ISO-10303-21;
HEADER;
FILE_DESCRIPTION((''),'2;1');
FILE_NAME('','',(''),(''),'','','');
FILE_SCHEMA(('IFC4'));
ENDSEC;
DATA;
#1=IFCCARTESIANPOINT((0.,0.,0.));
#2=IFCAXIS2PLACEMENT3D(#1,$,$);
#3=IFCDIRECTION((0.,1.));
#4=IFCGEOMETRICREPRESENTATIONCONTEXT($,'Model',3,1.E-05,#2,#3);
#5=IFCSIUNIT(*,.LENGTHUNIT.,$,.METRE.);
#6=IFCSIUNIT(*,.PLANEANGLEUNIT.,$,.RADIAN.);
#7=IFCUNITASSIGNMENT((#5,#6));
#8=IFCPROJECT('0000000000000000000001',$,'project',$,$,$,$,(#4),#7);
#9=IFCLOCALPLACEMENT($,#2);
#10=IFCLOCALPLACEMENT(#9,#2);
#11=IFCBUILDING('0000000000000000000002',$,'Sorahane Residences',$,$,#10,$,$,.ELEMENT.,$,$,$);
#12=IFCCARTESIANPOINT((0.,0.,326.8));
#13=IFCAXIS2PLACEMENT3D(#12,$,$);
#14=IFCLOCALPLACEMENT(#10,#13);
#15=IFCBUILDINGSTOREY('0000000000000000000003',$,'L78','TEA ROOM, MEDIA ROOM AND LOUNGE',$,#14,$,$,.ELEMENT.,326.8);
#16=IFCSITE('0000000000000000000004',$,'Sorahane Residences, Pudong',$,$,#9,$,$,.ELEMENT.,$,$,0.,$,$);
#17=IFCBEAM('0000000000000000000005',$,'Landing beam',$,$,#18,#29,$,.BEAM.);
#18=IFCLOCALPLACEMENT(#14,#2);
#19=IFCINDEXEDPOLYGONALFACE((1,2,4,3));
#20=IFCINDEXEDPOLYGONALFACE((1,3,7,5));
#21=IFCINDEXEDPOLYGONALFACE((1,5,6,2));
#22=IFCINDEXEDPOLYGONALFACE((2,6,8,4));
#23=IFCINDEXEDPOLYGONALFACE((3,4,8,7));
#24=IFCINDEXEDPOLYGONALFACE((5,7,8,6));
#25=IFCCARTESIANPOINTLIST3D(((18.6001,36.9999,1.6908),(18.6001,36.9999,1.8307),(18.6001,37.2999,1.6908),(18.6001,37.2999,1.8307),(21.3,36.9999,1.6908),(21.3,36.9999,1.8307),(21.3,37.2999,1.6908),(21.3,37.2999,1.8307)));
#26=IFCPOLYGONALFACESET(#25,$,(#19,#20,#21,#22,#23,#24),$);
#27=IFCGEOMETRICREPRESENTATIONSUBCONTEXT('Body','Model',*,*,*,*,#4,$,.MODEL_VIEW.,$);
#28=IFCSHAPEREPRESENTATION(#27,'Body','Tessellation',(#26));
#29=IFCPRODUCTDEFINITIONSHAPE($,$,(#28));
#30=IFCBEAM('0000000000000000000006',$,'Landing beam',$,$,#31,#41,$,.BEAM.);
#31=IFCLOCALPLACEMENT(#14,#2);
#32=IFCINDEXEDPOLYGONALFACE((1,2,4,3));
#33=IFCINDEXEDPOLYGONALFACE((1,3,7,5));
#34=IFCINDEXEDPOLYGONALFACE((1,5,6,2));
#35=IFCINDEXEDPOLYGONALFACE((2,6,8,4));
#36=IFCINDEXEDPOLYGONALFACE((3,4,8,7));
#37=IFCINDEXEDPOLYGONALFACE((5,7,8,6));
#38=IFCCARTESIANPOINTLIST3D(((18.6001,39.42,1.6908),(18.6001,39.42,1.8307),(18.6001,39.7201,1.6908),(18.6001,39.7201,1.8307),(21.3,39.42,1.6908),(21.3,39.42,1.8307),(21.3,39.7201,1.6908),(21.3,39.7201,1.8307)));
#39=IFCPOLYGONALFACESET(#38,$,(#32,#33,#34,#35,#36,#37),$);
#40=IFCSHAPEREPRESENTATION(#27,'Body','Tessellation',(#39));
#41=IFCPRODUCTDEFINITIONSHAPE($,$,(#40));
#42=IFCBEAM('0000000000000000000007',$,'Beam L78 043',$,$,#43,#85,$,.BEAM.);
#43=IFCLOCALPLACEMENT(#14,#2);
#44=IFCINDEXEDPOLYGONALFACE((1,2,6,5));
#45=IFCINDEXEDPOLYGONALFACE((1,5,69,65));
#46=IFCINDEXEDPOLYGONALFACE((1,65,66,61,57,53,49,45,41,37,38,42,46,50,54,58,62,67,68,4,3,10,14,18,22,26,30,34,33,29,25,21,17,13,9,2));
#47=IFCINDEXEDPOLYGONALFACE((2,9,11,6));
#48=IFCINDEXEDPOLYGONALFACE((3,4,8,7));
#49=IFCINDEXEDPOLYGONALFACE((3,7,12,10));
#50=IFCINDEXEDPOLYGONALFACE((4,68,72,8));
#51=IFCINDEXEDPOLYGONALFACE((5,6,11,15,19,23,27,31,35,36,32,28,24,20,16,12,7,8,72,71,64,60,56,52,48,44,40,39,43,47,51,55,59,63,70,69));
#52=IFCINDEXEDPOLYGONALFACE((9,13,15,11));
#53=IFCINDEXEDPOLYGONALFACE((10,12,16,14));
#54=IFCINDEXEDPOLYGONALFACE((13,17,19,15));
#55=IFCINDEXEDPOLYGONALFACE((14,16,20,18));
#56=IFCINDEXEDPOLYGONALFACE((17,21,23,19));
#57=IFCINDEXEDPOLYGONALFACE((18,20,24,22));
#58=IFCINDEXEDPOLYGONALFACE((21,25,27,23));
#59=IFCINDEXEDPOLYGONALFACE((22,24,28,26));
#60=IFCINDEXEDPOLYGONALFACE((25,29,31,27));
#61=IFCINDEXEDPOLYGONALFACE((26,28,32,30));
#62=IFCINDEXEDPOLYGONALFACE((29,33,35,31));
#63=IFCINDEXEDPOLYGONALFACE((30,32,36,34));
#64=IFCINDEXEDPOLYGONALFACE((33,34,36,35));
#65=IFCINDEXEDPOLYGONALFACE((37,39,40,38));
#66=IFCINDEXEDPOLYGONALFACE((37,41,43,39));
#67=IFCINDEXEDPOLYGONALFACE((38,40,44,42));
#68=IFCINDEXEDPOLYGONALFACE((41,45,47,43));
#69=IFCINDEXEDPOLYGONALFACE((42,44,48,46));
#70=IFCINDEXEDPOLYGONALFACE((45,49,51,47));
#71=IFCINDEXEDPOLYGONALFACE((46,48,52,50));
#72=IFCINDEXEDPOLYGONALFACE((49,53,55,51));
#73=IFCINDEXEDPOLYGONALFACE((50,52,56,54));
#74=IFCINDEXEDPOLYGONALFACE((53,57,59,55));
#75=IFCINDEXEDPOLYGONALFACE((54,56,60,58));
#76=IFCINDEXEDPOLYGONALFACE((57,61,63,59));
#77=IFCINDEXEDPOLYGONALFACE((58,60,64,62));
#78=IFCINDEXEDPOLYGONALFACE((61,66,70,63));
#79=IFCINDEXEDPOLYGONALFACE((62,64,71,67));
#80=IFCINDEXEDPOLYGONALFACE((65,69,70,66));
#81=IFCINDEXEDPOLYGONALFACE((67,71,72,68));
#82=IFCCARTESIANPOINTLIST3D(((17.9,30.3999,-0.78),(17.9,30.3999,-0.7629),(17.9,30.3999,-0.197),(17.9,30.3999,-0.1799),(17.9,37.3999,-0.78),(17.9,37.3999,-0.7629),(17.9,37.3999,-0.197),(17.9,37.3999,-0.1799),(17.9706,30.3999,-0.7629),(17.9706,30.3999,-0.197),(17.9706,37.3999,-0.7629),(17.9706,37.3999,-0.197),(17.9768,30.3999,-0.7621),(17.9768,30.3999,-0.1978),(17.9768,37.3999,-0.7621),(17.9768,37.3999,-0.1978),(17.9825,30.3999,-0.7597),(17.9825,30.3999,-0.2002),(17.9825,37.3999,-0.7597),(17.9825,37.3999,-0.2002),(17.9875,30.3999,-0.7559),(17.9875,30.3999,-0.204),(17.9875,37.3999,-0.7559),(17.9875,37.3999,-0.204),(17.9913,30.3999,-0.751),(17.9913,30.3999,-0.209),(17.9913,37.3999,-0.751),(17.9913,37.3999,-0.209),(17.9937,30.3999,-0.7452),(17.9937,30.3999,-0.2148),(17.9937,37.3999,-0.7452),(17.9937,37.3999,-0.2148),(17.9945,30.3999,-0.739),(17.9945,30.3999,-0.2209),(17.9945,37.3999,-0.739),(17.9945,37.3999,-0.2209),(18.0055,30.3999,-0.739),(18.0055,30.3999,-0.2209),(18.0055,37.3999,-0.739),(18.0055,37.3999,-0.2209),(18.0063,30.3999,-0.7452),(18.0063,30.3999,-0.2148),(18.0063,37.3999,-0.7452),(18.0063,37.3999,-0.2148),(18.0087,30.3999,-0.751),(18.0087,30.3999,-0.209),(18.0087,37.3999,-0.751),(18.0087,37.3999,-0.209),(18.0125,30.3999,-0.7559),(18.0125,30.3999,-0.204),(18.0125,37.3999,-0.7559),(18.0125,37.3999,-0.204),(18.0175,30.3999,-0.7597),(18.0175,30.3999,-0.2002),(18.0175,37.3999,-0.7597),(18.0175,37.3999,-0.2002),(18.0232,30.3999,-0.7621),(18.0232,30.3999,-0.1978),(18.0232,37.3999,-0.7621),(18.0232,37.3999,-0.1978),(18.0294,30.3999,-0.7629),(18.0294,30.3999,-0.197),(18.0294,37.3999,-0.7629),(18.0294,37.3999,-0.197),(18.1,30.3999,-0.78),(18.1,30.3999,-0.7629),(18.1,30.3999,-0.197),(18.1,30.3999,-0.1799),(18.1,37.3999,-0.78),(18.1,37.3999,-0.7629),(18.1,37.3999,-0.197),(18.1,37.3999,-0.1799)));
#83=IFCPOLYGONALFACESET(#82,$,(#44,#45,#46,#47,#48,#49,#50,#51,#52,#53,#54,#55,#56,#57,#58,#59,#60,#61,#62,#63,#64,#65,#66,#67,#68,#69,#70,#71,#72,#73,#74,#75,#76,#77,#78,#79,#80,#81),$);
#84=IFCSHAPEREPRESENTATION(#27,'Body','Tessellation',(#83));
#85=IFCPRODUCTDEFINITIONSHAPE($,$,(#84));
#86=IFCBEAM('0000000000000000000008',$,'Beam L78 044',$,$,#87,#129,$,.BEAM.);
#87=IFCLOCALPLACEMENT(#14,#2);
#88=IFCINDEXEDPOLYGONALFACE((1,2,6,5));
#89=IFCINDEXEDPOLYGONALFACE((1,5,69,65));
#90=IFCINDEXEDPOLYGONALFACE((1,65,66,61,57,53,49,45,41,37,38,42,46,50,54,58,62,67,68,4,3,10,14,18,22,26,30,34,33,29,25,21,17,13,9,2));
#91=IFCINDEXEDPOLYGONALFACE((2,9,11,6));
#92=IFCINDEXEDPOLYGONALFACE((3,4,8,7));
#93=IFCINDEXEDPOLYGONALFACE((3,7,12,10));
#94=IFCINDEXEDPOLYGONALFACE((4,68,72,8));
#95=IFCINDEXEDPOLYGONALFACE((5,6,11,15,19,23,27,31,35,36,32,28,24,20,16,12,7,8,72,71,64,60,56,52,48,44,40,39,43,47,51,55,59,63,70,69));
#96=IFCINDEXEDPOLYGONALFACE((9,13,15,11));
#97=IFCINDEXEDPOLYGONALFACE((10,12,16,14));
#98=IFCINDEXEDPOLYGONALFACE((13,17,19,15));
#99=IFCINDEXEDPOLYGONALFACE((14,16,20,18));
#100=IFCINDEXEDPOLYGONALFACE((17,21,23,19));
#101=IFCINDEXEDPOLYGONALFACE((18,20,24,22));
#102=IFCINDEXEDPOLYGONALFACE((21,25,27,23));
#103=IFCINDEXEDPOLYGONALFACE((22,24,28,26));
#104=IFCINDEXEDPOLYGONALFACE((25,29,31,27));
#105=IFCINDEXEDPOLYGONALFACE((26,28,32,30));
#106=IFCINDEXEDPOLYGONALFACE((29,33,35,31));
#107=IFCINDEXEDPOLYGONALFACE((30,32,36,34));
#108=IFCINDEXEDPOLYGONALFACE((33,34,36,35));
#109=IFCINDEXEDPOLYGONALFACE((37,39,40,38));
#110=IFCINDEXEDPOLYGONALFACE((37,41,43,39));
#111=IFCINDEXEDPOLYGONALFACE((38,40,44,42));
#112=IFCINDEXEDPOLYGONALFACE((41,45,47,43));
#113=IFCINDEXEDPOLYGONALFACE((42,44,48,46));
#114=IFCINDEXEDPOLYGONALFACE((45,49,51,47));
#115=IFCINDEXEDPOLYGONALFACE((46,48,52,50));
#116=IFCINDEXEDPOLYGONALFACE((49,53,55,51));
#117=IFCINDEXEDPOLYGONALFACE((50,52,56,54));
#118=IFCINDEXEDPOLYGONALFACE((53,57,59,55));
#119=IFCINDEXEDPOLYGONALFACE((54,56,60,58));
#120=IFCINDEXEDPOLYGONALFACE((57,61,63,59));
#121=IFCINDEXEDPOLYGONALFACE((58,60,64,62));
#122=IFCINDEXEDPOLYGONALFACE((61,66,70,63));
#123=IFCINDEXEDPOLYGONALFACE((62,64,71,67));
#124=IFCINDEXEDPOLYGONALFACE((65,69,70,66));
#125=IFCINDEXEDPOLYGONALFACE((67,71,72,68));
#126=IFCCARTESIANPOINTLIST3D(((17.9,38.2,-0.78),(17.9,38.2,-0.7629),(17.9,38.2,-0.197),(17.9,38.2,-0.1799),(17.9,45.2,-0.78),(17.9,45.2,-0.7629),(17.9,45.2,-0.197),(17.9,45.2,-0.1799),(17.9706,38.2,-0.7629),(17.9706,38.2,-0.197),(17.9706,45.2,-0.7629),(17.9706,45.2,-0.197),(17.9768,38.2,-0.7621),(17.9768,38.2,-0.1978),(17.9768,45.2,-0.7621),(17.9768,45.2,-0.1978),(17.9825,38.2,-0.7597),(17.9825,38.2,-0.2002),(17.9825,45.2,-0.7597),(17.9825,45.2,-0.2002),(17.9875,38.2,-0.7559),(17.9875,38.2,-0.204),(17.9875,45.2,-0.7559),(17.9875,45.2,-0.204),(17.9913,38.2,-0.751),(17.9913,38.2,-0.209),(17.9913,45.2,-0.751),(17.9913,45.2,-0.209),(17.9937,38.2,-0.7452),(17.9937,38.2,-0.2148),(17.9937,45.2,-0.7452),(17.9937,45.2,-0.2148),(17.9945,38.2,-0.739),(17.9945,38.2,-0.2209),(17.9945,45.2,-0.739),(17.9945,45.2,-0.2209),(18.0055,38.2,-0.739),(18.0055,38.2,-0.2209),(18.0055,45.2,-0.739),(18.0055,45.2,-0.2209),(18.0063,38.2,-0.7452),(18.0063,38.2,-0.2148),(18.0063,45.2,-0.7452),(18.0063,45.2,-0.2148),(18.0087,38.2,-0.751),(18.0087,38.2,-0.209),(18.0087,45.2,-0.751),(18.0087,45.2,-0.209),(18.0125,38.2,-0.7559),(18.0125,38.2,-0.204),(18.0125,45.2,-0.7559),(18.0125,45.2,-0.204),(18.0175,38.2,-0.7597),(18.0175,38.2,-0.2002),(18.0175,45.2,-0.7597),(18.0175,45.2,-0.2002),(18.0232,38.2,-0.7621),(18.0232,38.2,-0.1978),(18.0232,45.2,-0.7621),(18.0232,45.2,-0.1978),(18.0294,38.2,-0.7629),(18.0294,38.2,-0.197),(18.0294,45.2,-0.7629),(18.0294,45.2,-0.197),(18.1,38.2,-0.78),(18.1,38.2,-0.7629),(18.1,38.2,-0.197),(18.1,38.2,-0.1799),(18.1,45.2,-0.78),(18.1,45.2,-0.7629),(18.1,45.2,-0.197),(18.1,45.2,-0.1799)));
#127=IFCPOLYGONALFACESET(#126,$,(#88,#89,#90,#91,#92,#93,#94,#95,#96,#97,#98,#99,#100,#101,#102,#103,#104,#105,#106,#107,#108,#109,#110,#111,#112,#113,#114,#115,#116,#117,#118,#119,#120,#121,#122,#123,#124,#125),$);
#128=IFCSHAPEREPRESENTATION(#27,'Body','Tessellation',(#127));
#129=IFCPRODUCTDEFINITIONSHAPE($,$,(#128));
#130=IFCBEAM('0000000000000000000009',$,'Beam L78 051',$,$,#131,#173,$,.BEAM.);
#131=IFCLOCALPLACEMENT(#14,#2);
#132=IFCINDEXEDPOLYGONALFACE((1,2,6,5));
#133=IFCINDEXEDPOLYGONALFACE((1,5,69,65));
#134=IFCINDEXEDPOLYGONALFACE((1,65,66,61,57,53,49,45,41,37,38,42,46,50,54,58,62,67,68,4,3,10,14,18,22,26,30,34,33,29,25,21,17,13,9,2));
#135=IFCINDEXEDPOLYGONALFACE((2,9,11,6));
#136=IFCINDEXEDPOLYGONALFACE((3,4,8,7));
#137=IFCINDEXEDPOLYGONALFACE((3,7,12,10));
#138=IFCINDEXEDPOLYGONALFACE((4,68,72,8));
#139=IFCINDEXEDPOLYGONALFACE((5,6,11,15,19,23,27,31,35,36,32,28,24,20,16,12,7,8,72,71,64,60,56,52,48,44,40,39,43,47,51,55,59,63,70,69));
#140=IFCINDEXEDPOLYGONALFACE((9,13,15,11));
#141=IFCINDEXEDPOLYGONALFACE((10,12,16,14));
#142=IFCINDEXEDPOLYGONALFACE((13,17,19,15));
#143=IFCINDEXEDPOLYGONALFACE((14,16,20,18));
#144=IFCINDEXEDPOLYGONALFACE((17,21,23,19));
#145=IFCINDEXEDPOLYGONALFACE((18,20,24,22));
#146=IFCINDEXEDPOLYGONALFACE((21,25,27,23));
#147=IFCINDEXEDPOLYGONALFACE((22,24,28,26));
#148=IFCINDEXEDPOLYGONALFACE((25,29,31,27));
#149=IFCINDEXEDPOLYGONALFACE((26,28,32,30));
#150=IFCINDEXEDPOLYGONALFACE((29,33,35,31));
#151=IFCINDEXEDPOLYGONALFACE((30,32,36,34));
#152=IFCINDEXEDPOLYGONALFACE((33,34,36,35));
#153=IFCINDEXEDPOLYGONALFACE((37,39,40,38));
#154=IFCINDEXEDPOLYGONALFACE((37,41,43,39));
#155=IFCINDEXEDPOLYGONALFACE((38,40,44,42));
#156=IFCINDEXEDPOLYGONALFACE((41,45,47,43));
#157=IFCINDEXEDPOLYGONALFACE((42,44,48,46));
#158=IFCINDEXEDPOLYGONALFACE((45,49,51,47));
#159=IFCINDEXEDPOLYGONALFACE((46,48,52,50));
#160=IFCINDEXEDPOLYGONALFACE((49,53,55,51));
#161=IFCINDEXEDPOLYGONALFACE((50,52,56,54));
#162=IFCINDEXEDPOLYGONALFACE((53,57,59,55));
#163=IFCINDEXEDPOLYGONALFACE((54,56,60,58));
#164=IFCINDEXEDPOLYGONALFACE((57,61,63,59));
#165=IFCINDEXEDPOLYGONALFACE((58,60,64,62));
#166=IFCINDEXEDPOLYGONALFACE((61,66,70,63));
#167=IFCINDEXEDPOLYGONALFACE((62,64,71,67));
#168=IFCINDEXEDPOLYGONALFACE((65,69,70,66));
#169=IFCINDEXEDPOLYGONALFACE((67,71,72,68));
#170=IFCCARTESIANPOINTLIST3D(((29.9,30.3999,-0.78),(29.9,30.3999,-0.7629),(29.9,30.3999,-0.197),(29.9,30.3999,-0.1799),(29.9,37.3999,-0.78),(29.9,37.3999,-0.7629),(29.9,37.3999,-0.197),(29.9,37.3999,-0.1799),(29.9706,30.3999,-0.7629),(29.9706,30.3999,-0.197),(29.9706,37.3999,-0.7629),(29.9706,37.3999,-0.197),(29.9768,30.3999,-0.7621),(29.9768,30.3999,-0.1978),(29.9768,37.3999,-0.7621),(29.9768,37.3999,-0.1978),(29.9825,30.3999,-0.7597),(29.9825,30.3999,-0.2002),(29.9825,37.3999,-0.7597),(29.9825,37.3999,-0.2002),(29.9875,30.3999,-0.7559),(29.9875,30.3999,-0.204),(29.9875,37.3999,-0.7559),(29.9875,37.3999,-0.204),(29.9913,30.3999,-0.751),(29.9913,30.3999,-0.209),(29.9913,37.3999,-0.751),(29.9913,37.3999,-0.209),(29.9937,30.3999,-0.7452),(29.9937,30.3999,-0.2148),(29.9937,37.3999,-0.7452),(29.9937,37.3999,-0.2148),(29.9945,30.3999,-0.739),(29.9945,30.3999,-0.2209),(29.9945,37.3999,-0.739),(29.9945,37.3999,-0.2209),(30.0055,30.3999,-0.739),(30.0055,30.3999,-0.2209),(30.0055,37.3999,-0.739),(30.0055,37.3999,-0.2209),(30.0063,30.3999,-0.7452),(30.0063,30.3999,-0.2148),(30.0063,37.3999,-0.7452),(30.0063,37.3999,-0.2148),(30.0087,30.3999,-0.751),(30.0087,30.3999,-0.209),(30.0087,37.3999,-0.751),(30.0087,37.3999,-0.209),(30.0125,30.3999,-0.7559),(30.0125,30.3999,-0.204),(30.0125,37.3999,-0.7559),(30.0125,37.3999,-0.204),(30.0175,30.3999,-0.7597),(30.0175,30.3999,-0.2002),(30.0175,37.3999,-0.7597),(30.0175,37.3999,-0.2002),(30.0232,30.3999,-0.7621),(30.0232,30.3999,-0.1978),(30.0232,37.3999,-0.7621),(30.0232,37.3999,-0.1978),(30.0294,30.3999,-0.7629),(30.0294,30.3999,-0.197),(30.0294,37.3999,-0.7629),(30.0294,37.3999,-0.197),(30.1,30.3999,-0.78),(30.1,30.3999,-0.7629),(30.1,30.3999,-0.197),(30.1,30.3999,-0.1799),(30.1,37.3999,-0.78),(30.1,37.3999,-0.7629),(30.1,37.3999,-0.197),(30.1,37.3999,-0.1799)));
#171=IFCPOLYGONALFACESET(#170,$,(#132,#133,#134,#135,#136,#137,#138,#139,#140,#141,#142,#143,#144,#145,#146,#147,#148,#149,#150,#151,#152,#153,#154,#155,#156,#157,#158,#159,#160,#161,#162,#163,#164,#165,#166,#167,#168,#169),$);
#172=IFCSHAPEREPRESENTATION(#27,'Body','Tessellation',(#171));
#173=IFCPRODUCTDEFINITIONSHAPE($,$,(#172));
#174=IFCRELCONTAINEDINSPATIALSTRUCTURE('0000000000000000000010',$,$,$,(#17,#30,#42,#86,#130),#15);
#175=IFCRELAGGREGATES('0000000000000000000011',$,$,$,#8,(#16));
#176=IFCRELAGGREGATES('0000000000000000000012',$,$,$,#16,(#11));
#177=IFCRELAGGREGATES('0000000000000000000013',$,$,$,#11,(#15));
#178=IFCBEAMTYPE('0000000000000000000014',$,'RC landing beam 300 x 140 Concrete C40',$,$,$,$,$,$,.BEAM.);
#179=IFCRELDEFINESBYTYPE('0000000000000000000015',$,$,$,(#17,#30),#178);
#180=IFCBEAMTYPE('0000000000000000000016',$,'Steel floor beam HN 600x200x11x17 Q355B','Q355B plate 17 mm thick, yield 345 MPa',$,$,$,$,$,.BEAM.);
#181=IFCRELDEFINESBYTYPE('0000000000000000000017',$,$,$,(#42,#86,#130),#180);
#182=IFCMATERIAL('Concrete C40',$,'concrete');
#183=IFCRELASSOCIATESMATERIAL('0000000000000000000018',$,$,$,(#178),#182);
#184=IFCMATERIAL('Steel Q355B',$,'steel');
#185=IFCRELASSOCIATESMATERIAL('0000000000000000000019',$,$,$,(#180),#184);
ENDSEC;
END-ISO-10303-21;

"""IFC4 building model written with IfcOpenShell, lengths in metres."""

from ifc_helpers import new_model, si_unit, direction, frame, origin, origin_2d, place, context, subcontext, project, spatial, rectangle, i_section, extrude, material, material_profile, profile_set, type_object, element, save


model = new_model("IFC4")

# Units and contexts
model_context = context("Model", 3, precision=1e-05, world=origin(), true_north=direction((0.0, 1.0)))
body_context = subcontext(model_context, "Body", "Model", "MODEL_VIEW")
ifc_project = project(units=[si_unit("LENGTHUNIT", "METRE"), si_unit("PLANEANGLEUNIT", "RADIAN")], contexts=[model_context])

# Site, building, storey
site_placement = place(None, origin())
site = spatial("IfcSite", under=ifc_project, at=site_placement, Name="Sorahane Residences, Pudong", CompositionType="ELEMENT", RefElevation=0.0)
building_placement = place(site_placement, origin())
building = spatial("IfcBuilding", under=site, at=building_placement, Name="Sorahane Residences", CompositionType="ELEMENT")
storey_placement = place(building_placement, frame((0.0, 0.0, 326.8)))
storey = spatial("IfcBuildingStorey", under=building, at=storey_placement, Name="L78", Description="TEA ROOM, MEDIA ROOM AND LOUNGE", CompositionType="ELEMENT", Elevation=326.8)

# Beams
ifc_material_1 = material(Name="Concrete C40", Category="concrete")
ifc_material_profile_1 = material_profile(ifc_material_1, rectangle(XDim=0.3, YDim=0.1399, at=origin_2d()), Name="300x140")
ifc_profile_set_1 = profile_set([ifc_material_profile_1], Name="Concrete C40")
beam_type_1 = type_object("IfcBeamType", Name="RC landing beam 300 x 140 Concrete C40", PredefinedType="BEAM", material=ifc_profile_set_1)
for number, where, z_axis, x_axis, name in (
    (1, (18.6001, 37.1499, 1.7607), (1.0, 0.0, 0.0), (0.0, 1.0, 0.0), "Landing beam"),
    (2, (18.6001, 39.5701, 1.7607), (1.0, 0.0, 0.0), (0.0, 1.0, 0.0), "Landing beam"),
):
    element("IfcBeam", number, at=place(storey_placement, frame(where, z_axis=z_axis, x_axis=x_axis)), inside=storey, type_object=beam_type_1, Name=name, PredefinedType="BEAM", context=body_context, shape_type="SweptSolid", body=[
        extrude(rectangle(XDim=0.3, YDim=0.1399, at=origin_2d()), origin(), (0.0, 0.0, 1.0), 2.7),
    ])
ifc_material_2 = material(Name="Steel Q355B", Category="steel")
ifc_material_profile_2 = material_profile(ifc_material_2, i_section(OverallWidth=0.2, OverallDepth=0.6001, WebThickness=0.011, FlangeThickness=0.0171, FilletRadius=0.0239, at=origin_2d()), Name="HN 600x200x11x17")
ifc_profile_set_2 = profile_set([ifc_material_profile_2], Name="Steel Q355B")
beam_type_2 = type_object("IfcBeamType", Name="Steel floor beam HN 600x200x11x17 Q355B", Description="Q355B plate 17 mm thick, yield 345 MPa", PredefinedType="BEAM", material=ifc_profile_set_2)
for number, where, z_axis, x_axis, name in (
    (3, (18.0, 30.3999, -0.48), (0.0, 1.0, 0.0), (-1.0, 0.0, 0.0), "Beam L78 043"),
    (4, (18.0, 38.2, -0.48), (0.0, 1.0, 0.0), (-1.0, 0.0, 0.0), "Beam L78 044"),
    (5, (30.0, 30.3999, -0.48), (0.0, 1.0, 0.0), (-1.0, 0.0, 0.0), "Beam L78 051"),
):
    element("IfcBeam", number, at=place(storey_placement, frame(where, z_axis=z_axis, x_axis=x_axis)), inside=storey, type_object=beam_type_2, Name=name, PredefinedType="BEAM", context=body_context, shape_type="SweptSolid", body=[
        extrude(i_section(OverallWidth=0.2, OverallDepth=0.6001, WebThickness=0.011, FlangeThickness=0.0171, FilletRadius=0.0239, at=origin_2d()), origin(), (0.0, 0.0, 1.0), 7.0),
    ])

save(model, "model.ifc")
